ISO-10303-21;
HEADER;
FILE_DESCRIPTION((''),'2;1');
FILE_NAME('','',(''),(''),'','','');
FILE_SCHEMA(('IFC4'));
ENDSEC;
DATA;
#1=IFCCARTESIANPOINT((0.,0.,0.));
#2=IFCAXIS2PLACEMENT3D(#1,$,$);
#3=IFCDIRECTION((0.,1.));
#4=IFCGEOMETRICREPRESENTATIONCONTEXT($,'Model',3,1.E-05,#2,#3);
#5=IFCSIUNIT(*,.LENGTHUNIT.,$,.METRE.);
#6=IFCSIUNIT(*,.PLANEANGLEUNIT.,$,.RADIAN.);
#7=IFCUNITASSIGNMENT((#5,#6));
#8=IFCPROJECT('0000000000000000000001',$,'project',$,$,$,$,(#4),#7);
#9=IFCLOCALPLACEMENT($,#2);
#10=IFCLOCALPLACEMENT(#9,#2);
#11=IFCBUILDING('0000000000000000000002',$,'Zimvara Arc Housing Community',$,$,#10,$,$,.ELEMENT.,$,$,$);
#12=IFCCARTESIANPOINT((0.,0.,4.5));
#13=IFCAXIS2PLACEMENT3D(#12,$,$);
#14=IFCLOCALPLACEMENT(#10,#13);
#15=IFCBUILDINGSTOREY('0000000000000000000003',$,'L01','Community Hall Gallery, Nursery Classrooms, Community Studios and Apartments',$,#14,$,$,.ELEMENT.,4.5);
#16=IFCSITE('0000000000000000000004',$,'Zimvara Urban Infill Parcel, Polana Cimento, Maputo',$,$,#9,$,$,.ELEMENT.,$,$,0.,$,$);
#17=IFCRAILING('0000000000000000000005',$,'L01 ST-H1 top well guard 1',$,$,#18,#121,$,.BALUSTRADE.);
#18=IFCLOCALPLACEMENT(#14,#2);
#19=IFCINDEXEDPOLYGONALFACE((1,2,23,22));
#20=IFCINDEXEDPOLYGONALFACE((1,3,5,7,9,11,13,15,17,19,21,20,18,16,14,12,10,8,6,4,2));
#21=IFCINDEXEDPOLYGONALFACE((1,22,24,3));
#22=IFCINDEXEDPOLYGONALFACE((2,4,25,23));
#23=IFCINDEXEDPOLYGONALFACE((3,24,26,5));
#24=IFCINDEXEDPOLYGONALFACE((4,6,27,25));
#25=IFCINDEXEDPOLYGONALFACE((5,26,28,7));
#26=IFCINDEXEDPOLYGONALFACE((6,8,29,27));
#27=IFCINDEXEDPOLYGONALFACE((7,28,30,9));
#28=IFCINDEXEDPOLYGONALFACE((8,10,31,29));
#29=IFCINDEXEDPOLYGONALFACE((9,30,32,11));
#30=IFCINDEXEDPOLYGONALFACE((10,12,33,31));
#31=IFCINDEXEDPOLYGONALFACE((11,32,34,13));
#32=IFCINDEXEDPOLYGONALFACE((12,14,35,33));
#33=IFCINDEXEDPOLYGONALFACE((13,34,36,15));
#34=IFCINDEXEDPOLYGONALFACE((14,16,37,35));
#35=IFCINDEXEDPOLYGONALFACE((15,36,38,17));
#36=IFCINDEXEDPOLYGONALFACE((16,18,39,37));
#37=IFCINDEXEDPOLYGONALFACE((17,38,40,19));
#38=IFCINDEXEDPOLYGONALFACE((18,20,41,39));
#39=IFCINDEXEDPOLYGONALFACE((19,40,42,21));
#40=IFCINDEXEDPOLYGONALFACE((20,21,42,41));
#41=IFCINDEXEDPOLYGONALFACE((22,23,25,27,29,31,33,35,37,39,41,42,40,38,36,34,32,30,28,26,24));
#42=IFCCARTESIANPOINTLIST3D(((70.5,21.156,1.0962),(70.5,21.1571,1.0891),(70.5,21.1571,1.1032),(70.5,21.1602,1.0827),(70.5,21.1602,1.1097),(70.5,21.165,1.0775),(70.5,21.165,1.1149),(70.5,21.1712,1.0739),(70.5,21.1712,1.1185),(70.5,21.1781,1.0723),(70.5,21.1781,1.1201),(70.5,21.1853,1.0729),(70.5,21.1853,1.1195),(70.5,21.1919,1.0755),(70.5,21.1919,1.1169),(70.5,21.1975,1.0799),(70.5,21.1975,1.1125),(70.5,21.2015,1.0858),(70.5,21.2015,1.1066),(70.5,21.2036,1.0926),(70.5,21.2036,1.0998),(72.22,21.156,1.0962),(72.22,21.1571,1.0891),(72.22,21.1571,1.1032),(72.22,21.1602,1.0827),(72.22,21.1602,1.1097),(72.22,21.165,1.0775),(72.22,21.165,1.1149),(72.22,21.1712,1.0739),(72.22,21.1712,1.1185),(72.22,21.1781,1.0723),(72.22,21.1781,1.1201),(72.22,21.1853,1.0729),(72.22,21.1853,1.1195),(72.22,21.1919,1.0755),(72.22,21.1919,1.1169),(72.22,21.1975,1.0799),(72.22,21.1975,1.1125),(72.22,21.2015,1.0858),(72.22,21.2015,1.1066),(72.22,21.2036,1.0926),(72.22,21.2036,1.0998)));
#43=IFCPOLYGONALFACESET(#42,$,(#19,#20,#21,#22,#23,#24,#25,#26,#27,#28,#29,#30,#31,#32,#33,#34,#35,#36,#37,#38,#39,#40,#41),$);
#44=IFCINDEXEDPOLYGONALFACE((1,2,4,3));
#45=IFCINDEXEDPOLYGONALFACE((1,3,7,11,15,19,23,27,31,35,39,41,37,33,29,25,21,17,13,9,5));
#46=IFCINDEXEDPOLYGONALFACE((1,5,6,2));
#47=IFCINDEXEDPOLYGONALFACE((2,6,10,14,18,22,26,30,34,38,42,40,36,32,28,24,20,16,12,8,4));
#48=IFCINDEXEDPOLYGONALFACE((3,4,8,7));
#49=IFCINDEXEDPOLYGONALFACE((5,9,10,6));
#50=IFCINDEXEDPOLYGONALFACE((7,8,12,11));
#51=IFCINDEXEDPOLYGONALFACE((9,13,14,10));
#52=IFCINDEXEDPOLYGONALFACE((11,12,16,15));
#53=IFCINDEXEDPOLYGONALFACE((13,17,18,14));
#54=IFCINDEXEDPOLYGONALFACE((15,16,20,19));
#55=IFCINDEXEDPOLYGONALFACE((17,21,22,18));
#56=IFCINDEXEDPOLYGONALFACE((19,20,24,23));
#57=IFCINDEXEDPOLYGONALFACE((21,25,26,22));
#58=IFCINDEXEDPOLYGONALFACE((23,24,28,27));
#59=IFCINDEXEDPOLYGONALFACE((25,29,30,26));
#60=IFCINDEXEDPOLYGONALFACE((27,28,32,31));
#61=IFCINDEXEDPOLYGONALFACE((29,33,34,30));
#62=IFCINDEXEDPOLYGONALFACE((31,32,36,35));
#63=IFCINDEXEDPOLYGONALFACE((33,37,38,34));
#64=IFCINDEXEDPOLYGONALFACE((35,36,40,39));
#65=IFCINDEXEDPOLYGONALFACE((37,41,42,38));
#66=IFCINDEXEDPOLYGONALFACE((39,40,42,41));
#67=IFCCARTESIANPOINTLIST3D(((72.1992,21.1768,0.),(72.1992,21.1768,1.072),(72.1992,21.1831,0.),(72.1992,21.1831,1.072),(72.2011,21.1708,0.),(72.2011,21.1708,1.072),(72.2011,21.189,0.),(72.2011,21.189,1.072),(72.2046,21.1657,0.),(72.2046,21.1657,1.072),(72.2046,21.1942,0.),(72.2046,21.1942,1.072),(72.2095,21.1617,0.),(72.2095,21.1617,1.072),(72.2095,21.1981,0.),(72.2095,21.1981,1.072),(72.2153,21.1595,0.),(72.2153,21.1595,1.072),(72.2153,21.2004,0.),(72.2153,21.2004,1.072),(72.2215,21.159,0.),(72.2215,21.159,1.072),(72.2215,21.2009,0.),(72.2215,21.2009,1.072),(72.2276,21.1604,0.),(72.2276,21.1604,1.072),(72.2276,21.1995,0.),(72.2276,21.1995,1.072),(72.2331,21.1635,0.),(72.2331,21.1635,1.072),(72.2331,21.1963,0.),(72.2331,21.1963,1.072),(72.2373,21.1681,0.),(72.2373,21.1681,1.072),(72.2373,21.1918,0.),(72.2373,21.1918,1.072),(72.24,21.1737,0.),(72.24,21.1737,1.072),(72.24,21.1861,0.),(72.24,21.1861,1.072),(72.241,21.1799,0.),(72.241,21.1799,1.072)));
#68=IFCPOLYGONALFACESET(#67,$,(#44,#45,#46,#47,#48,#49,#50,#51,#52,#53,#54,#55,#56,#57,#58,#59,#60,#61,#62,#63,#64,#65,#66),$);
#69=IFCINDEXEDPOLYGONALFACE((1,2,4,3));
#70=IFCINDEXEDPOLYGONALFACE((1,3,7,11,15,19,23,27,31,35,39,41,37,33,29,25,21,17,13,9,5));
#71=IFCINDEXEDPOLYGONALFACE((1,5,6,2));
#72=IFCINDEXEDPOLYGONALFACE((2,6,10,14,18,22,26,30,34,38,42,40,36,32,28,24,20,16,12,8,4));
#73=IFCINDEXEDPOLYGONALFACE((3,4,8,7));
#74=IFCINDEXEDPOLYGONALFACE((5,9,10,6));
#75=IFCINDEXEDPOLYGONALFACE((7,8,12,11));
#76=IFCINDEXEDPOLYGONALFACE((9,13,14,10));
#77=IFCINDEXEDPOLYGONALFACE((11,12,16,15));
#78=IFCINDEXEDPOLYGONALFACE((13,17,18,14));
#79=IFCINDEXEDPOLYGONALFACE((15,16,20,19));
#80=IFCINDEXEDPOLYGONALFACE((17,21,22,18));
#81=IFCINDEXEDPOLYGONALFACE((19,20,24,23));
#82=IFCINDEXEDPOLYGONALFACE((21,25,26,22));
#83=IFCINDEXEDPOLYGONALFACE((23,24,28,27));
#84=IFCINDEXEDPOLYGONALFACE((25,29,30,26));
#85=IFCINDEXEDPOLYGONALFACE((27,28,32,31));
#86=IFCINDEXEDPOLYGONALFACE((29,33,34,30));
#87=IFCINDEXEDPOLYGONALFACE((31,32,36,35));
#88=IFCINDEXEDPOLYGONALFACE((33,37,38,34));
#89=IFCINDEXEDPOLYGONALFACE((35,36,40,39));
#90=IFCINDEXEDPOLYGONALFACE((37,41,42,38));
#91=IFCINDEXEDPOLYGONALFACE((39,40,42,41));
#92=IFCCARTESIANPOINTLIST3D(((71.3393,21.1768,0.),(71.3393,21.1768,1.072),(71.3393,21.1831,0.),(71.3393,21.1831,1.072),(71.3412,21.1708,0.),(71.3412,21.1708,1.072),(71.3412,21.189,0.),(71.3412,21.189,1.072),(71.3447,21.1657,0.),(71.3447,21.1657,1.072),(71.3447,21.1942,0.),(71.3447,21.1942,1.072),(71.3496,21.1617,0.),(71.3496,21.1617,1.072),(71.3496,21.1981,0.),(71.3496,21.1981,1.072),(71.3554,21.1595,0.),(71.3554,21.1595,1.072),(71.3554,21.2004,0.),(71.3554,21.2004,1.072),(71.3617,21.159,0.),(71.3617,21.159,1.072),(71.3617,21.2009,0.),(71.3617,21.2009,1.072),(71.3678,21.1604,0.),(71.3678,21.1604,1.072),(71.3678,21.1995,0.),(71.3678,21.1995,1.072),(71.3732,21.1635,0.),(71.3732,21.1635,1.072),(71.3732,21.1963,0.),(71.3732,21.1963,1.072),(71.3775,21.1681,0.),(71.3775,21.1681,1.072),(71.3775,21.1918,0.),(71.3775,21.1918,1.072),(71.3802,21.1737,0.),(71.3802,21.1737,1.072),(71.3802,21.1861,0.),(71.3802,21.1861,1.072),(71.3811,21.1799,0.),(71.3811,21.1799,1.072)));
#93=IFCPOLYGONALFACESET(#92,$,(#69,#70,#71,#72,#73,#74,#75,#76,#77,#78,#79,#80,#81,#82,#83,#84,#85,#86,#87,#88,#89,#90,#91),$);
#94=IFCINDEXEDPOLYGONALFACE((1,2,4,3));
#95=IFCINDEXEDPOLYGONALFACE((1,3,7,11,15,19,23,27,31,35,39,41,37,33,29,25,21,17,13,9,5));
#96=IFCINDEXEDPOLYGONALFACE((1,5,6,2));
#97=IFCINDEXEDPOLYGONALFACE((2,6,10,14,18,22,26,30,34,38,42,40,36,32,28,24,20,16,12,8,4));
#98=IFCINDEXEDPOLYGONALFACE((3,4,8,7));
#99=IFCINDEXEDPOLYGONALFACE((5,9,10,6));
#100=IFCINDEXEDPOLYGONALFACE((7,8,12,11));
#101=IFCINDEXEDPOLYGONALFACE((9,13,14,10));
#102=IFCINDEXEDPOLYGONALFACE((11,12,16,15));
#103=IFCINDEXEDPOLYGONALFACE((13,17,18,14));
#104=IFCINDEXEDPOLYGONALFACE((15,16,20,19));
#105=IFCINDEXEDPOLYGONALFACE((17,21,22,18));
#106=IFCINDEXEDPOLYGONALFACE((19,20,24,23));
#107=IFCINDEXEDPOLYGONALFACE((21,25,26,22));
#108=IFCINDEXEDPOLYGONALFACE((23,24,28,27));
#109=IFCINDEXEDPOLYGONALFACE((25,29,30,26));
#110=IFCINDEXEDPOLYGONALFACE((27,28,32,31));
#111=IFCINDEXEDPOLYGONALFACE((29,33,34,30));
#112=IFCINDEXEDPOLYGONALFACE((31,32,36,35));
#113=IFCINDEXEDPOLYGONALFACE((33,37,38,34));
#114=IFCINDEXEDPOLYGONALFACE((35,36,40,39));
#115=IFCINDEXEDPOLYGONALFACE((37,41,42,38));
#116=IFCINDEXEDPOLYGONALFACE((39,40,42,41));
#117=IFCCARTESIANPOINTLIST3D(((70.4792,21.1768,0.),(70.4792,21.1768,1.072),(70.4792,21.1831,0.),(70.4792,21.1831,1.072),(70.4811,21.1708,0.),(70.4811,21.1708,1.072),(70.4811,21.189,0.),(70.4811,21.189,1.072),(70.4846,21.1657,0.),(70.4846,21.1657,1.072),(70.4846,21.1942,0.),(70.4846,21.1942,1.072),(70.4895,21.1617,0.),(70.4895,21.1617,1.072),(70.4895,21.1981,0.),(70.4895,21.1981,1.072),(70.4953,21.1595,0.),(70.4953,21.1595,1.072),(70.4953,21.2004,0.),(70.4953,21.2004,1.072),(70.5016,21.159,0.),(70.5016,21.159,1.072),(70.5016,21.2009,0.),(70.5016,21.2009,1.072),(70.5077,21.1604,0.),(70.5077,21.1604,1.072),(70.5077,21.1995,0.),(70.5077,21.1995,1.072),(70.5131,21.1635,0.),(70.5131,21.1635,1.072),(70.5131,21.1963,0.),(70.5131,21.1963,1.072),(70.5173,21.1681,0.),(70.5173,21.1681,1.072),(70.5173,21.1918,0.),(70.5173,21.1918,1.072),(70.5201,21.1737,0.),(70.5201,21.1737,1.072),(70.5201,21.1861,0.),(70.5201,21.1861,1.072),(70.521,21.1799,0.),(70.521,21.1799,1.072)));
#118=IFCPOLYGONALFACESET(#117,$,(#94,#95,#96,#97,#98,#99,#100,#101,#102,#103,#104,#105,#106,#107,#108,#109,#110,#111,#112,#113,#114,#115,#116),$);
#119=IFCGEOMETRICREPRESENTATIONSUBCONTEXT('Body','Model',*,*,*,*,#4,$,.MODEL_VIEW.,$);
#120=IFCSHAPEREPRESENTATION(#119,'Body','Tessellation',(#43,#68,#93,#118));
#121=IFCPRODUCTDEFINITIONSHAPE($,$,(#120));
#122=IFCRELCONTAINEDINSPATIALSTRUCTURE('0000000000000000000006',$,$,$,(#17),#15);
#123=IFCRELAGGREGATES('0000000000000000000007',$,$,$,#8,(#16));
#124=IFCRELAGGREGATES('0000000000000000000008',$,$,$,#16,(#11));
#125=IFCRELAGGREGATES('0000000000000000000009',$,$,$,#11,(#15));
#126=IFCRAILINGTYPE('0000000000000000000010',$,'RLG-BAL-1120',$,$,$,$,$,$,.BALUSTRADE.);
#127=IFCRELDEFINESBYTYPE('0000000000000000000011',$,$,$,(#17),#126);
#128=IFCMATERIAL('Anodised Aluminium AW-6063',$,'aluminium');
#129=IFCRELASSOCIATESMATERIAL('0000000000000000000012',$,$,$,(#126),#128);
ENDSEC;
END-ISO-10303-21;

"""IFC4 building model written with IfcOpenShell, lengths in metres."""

from ifc_helpers import new_model, si_unit, direction, frame, origin, origin_2d, place, context, subcontext, project, spatial, circle, extrude, material, type_object, element, save


model = new_model("IFC4")

# Units and contexts
model_context = context("Model", 3, precision=1e-05, world=origin(), true_north=direction((0.0, 1.0)))
body_context = subcontext(model_context, "Body", "Model", "MODEL_VIEW")
ifc_project = project(units=[si_unit("LENGTHUNIT", "METRE"), si_unit("PLANEANGLEUNIT", "RADIAN")], contexts=[model_context])

# Site, building, storey
site_placement = place(None, origin())
site = spatial("IfcSite", under=ifc_project, at=site_placement, Name="Zimvara Urban Infill Parcel, Polana Cimento, Maputo", CompositionType="ELEMENT", RefElevation=0.0)
building_placement = place(site_placement, origin())
building = spatial("IfcBuilding", under=site, at=building_placement, Name="Zimvara Arc Housing Community", CompositionType="ELEMENT")
storey_placement = place(building_placement, frame((0.0, 0.0, 4.5)))
storey = spatial("IfcBuildingStorey", under=building, at=storey_placement, Name="L01", Description="Community Hall Gallery, Nursery Classrooms, Community Studios and Apartments", CompositionType="ELEMENT", Elevation=4.5)

# Railing
ifc_material_1 = material(Name="Anodised Aluminium AW-6063", Category="aluminium")
railing_type = type_object("IfcRailingType", Name="RLG-BAL-1120", PredefinedType="BALUSTRADE", material=ifc_material_1)
railing_placement = place(storey_placement, frame((72.22, 21.1799, 0.0)))
element("IfcRailing", 1, at=railing_placement, inside=storey, type_object=railing_type, Name="L01 ST-H1 top well guard 1", PredefinedType="BALUSTRADE", context=body_context, shape_type="SweptSolid", body=[
    extrude(circle(Radius=0.0239, at=origin_2d()), frame((0.0, 0.0, 1.0962), z_axis=(-1.0, 0.0, 0.0), x_axis=(0.0, -1.0, 0.0)), (0.0, 0.0, 1.0), 1.72),
    extrude(circle(Radius=0.021, at=origin_2d()), origin(), (0.0, 0.0, 1.0), 1.072),
    extrude(circle(Radius=0.021, at=origin_2d()), frame((-0.8599, 0.0, 0.0)), (0.0, 0.0, 1.0), 1.072),
    extrude(circle(Radius=0.021, at=origin_2d()), frame((-1.72, 0.0, 0.0)), (0.0, 0.0, 1.0), 1.072),
])

save(model, "model.ifc")
